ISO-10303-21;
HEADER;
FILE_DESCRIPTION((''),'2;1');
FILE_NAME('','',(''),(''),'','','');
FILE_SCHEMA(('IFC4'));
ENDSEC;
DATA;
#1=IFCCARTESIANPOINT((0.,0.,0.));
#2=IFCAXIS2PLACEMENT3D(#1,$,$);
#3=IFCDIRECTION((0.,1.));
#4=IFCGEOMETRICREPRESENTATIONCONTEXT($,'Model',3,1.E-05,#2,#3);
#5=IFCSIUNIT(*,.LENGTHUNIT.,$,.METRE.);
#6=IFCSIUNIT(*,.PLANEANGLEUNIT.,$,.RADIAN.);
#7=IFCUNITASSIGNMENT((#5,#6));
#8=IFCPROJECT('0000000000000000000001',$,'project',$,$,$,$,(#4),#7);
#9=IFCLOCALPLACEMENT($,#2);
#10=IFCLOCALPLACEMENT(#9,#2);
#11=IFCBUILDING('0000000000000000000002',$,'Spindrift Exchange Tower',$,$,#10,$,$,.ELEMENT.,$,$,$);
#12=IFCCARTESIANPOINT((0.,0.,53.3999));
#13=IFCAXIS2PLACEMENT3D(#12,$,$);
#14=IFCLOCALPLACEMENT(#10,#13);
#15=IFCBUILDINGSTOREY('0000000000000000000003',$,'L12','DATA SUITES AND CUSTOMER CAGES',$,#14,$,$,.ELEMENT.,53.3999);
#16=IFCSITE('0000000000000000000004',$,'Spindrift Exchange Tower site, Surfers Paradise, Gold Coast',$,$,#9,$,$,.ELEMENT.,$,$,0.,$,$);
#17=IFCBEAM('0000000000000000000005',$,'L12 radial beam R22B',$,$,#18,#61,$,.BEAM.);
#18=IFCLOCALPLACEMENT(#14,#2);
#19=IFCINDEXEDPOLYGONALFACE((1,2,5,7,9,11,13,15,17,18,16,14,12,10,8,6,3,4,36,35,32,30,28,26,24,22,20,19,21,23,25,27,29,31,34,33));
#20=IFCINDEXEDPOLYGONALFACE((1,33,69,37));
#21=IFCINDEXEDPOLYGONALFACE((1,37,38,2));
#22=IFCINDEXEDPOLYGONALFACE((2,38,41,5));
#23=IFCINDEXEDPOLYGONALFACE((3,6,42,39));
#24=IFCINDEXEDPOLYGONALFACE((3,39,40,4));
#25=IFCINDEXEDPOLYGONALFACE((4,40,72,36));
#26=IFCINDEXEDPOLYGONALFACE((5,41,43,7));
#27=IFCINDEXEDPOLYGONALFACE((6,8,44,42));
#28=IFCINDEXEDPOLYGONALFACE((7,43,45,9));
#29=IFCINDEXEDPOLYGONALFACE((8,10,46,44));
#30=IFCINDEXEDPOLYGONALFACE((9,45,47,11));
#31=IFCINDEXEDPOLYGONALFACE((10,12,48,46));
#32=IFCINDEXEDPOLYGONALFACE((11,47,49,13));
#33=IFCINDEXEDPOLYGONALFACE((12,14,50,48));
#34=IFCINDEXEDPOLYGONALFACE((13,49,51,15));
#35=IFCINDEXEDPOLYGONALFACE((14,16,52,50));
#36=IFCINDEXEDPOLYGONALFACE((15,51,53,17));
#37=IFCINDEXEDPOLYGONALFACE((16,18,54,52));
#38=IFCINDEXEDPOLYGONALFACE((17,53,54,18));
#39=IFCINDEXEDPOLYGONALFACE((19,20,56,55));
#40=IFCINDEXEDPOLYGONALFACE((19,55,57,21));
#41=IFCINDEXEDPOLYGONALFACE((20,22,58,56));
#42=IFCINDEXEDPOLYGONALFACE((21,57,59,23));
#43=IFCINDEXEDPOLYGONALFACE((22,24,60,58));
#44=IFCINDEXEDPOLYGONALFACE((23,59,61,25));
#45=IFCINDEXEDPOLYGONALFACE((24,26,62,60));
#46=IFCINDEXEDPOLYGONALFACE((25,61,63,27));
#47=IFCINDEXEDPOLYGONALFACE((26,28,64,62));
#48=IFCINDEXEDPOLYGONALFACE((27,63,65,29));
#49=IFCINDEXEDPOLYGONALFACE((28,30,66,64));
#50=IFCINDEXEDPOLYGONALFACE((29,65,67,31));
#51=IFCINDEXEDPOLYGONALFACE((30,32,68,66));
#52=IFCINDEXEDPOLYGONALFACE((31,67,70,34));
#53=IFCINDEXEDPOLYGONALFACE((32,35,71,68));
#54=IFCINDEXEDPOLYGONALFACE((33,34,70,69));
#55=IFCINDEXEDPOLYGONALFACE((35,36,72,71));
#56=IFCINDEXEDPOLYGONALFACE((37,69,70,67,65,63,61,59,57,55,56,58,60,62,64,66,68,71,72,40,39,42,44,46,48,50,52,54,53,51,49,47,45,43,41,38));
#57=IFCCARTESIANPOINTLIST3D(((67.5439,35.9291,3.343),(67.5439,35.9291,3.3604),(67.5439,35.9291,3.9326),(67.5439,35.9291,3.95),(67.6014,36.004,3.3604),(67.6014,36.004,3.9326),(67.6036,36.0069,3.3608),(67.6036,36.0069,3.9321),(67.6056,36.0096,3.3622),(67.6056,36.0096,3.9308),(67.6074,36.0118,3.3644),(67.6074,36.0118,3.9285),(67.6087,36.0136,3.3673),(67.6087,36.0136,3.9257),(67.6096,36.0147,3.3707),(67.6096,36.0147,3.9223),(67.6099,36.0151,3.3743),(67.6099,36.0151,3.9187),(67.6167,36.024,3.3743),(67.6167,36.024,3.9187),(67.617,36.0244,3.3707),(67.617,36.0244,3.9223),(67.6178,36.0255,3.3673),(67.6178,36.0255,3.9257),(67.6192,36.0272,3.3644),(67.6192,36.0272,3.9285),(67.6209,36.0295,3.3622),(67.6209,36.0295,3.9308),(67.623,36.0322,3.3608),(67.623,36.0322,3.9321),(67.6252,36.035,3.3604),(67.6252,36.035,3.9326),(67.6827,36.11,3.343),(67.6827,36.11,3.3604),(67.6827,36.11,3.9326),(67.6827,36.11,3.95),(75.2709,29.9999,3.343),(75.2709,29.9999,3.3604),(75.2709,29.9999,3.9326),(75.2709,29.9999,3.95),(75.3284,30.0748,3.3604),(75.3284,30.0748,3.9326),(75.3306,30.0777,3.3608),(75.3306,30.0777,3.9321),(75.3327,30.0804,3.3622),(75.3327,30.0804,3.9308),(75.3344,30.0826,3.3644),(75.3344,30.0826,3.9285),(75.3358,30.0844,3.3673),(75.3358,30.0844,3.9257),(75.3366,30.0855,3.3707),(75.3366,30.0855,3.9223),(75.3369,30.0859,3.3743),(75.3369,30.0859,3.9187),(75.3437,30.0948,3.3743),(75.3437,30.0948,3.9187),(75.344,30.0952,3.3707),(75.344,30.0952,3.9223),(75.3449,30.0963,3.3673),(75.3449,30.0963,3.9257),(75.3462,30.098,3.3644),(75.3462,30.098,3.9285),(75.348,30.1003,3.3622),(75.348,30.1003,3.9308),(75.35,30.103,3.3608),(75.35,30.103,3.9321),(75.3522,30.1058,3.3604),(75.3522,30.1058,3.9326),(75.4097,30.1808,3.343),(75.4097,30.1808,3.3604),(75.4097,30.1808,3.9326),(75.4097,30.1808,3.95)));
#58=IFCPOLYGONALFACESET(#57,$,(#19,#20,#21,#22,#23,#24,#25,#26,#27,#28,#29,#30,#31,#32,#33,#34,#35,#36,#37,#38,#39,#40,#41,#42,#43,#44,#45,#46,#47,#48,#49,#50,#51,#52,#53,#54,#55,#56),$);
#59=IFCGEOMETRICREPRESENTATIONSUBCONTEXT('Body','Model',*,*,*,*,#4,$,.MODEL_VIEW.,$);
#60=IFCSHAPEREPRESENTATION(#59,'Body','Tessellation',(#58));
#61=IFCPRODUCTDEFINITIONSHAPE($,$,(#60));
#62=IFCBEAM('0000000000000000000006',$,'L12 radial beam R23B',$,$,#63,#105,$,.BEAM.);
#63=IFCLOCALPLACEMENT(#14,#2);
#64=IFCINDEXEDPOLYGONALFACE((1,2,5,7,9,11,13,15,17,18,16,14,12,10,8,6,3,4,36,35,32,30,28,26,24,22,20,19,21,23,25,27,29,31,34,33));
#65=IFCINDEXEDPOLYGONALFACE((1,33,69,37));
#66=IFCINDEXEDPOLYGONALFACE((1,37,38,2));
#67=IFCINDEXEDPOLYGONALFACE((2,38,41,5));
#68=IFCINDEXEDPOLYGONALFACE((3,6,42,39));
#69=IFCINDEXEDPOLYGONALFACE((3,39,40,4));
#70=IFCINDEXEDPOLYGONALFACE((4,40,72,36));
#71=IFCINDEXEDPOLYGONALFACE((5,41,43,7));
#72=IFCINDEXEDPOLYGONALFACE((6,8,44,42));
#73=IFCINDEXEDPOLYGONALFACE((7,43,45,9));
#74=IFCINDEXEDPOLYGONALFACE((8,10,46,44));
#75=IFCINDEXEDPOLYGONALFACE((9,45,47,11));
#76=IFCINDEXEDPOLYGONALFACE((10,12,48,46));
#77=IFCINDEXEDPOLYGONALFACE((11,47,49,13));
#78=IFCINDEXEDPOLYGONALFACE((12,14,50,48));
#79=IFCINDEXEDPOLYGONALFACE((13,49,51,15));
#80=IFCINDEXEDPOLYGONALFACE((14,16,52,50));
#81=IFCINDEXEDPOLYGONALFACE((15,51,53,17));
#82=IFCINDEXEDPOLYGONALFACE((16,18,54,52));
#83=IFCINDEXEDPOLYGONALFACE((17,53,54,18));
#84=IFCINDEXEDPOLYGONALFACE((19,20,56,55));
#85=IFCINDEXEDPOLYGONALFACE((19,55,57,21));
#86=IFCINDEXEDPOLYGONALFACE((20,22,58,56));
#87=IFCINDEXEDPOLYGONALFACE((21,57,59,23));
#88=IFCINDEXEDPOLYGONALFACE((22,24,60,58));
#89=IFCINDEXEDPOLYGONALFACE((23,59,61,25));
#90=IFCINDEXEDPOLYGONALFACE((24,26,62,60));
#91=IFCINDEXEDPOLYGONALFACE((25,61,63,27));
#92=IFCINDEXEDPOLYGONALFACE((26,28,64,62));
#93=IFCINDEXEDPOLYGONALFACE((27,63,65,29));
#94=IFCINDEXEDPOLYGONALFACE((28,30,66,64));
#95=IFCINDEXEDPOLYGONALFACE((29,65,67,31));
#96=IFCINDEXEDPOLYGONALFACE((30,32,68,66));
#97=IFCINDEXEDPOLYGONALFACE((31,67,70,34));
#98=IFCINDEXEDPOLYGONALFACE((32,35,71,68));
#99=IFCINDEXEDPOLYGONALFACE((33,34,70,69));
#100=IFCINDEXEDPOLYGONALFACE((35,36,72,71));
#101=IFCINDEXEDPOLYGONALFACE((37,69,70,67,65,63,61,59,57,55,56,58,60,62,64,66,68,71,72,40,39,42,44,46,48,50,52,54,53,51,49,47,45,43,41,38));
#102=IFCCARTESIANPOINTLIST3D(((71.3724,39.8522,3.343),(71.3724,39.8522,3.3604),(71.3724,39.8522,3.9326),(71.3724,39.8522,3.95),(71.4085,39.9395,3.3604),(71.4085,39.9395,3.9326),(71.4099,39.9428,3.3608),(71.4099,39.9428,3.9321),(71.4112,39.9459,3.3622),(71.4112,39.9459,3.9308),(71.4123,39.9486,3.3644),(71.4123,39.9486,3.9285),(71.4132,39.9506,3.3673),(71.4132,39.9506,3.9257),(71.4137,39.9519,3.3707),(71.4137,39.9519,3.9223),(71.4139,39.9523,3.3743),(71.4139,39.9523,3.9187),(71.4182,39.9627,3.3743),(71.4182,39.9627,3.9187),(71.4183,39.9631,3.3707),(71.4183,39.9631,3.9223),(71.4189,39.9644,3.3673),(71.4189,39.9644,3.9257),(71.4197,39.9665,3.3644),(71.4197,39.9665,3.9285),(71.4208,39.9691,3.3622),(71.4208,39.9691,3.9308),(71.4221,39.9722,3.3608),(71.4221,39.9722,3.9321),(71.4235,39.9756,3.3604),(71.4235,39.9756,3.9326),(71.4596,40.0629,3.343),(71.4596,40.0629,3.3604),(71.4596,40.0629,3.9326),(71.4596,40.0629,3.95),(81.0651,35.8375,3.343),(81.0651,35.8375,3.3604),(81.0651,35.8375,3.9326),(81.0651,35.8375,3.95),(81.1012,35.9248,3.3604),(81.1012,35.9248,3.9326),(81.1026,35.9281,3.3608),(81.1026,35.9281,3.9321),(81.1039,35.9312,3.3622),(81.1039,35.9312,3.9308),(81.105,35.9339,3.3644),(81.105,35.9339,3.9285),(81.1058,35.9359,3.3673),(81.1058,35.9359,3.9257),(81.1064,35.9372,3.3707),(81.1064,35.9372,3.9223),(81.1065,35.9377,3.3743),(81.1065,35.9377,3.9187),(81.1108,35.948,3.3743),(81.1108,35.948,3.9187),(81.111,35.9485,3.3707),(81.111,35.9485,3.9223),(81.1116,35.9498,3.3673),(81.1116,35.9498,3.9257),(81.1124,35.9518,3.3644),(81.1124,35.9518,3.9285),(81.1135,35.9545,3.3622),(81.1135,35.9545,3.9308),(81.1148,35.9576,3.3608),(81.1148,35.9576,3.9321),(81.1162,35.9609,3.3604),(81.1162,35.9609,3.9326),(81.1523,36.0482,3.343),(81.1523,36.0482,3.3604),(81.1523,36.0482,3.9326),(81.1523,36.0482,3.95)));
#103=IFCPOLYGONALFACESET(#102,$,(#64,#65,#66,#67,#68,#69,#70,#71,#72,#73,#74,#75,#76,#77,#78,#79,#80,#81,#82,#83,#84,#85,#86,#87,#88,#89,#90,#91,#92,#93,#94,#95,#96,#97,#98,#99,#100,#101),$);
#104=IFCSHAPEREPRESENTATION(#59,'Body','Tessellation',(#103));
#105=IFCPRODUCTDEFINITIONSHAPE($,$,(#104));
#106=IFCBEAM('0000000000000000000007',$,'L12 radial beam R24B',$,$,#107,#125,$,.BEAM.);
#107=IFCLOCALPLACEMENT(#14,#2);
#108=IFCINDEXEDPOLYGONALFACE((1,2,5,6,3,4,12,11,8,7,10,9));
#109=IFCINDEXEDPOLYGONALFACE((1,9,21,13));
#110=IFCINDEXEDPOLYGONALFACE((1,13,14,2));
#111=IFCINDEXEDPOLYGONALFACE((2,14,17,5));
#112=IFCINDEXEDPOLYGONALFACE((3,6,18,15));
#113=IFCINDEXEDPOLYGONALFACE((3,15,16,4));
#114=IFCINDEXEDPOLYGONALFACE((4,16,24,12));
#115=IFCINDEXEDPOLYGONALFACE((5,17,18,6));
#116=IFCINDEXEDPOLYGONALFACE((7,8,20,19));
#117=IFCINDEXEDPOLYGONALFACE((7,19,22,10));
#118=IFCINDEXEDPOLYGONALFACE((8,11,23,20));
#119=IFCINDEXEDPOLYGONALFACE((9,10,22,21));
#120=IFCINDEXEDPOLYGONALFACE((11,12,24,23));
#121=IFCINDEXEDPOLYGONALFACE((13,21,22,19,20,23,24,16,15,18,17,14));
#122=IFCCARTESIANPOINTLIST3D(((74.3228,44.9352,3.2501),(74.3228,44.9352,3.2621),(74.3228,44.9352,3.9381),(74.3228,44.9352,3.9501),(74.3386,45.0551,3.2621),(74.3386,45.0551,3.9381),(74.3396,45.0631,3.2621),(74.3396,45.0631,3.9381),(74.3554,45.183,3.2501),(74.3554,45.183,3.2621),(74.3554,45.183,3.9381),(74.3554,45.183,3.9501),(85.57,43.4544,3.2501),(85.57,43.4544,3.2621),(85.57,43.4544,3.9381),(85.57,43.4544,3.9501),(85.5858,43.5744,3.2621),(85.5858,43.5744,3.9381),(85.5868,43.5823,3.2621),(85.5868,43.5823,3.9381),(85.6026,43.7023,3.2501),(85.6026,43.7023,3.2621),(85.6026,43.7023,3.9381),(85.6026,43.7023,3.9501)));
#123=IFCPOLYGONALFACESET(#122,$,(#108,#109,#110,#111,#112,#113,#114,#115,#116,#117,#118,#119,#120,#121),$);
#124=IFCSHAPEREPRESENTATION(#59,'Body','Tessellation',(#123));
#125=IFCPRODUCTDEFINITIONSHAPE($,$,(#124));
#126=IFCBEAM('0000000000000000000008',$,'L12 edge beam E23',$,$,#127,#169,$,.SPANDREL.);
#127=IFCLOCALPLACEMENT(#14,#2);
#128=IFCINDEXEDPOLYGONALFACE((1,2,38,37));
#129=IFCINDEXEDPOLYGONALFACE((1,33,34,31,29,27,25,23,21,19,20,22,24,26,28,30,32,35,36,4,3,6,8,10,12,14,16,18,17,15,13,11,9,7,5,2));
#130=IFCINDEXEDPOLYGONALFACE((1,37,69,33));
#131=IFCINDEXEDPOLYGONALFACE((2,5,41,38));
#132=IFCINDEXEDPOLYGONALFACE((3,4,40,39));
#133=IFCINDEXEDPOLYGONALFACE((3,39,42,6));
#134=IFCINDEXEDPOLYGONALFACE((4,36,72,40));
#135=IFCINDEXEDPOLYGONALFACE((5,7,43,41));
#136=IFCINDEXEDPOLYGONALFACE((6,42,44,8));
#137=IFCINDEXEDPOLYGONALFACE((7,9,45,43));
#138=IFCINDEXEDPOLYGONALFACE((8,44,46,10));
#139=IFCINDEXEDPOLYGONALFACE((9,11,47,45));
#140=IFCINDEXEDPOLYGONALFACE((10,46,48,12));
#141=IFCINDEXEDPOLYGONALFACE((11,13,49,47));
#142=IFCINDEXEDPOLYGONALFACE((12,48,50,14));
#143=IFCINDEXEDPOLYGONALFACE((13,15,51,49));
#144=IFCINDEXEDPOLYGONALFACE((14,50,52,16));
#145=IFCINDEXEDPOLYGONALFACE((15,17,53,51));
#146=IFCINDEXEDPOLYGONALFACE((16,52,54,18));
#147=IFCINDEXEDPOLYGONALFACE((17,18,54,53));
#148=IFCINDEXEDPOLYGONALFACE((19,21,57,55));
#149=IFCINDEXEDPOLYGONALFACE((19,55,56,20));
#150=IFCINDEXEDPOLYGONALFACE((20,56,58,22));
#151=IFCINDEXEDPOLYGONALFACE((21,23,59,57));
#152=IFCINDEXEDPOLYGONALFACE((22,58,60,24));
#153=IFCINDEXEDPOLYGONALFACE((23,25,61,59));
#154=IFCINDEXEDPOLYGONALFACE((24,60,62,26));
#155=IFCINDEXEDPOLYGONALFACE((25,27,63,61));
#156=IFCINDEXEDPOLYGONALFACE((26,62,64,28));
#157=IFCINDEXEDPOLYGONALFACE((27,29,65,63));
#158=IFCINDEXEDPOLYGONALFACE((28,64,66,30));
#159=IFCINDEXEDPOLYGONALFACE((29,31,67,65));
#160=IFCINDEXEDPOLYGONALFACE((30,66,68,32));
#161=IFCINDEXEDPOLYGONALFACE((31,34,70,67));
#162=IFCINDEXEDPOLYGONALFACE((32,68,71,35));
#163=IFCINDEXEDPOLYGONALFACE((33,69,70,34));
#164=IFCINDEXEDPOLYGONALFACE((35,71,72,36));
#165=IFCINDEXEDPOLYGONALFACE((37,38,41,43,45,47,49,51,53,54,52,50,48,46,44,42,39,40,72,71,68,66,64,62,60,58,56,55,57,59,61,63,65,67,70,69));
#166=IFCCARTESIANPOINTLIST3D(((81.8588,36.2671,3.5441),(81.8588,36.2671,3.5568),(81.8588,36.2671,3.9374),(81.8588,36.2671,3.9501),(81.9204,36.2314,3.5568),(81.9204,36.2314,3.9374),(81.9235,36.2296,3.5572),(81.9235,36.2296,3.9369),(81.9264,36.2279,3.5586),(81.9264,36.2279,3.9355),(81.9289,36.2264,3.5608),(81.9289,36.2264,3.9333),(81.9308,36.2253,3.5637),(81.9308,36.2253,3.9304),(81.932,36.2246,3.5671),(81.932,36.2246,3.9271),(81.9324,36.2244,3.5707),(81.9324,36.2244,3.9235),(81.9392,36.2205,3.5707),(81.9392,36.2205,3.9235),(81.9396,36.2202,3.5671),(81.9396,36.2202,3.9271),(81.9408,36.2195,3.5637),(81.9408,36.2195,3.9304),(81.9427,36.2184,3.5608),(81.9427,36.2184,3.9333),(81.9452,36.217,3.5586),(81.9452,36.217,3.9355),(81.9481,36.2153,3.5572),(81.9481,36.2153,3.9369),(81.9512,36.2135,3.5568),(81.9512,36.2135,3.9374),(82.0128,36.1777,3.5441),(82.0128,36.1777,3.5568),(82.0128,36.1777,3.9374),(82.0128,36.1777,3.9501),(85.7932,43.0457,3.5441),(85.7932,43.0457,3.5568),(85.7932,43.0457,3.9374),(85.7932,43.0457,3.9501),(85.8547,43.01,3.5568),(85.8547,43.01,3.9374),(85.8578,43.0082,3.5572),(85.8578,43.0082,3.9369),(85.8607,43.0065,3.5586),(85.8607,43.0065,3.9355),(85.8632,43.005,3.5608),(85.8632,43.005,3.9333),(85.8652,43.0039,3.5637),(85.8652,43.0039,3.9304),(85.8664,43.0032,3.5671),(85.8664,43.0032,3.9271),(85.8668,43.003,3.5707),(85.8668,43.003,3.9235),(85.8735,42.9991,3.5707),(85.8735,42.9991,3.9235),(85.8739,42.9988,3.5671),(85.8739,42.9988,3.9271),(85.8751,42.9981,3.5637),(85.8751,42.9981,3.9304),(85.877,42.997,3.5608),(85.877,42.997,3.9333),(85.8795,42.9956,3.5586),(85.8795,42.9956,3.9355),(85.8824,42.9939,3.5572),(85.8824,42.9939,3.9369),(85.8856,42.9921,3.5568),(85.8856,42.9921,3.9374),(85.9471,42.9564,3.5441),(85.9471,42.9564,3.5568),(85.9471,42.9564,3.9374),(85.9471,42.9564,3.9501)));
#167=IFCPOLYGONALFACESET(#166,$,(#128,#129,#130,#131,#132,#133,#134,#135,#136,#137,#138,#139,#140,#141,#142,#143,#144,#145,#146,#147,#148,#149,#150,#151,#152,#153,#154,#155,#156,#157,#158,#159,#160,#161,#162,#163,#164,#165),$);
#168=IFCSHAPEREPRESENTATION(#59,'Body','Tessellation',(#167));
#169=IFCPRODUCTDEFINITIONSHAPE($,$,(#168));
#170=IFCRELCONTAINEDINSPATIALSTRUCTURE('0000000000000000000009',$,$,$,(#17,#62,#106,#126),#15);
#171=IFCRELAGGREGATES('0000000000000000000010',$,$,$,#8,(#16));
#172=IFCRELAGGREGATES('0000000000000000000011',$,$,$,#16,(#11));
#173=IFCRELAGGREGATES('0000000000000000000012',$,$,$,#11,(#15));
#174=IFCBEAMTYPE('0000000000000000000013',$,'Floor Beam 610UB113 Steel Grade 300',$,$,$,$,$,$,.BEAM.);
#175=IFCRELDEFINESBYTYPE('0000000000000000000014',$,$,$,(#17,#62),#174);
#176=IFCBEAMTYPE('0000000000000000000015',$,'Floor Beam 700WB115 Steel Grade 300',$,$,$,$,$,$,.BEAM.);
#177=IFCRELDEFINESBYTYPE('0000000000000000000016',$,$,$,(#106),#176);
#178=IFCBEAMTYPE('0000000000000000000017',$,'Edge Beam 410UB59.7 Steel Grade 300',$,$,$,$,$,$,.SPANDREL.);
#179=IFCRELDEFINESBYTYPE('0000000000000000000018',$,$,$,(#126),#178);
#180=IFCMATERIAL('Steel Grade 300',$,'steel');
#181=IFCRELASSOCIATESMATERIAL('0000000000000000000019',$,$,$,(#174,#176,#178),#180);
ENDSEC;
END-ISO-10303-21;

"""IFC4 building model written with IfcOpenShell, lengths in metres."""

from ifc_helpers import new_model, si_unit, direction, frame, origin, origin_2d, place, context, subcontext, project, spatial, i_section, extrude, source, transform, mapped, material, material_profile, profile_set, type_object, element, save


model = new_model("IFC4")

# Units and contexts
model_context = context("Model", 3, precision=1e-05, world=origin(), true_north=direction((0.0, 1.0)))
body_context = subcontext(model_context, "Body", "Model", "MODEL_VIEW")
ifc_project = project(units=[si_unit("LENGTHUNIT", "METRE"), si_unit("PLANEANGLEUNIT", "RADIAN")], contexts=[model_context])

# Site, building, storey
site_placement = place(None, origin())
site = spatial("IfcSite", under=ifc_project, at=site_placement, Name="Spindrift Exchange Tower site, Surfers Paradise, Gold Coast", CompositionType="ELEMENT", RefElevation=0.0)
building_placement = place(site_placement, origin())
building = spatial("IfcBuilding", under=site, at=building_placement, Name="Spindrift Exchange Tower", CompositionType="ELEMENT")
storey_placement = place(building_placement, frame((0.0, 0.0, 53.3999)))
storey = spatial("IfcBuildingStorey", under=building, at=storey_placement, Name="L12", Description="DATA SUITES AND CUSTOMER CAGES", CompositionType="ELEMENT", Elevation=53.3999)

# Beams
ifc_material_1 = material(Name="Steel Grade 300", Category="steel")
ifc_material_profile_1 = material_profile(ifc_material_1, i_section(OverallWidth=0.228, OverallDepth=0.6069, WebThickness=0.0112, FlangeThickness=0.0173, FilletRadius=0.0139, at=origin_2d()), Name="610UB113")
ifc_profile_set_1 = profile_set([ifc_material_profile_1], Name="Steel Grade 300")
beam_type_1 = type_object("IfcBeamType", Name="Floor Beam 610UB113 Steel Grade 300", PredefinedType="BEAM", material=ifc_profile_set_1)
shared_shape_1 = source(origin(), body_context, "Body", "SweptSolid", [
    extrude(i_section(OverallWidth=0.228, OverallDepth=0.6069, WebThickness=0.0112, FlangeThickness=0.0173, FilletRadius=0.0139, at=origin_2d()), origin(), (0.0, 0.0, 1.0), 9.7397),
])
beam_1_placement = place(storey_placement, frame((67.6133, 36.0195, 3.6465), z_axis=(0.793352, -0.608763, 0.0), x_axis=(0.608763, 0.793352, 0.0)))
element("IfcBeam", 1, at=beam_1_placement, inside=storey, type_object=beam_type_1, Name="L12 radial beam R22B", PredefinedType="BEAM", context=body_context, shape_type="MappedRepresentation", body=[
    mapped(shared_shape_1, transform((0.0, 0.0, 0.0), scale=1.0)),
])
shared_shape_2 = source(origin(), body_context, "Body", "SweptSolid", [
    extrude(i_section(OverallWidth=0.228, OverallDepth=0.6069, WebThickness=0.0112, FlangeThickness=0.0173, FilletRadius=0.0139, at=origin_2d()), origin(), (0.0, 0.0, 1.0), 10.4912),
])
beam_2_placement = place(storey_placement, frame((71.416, 39.9575, 3.6465), z_axis=(0.923885, -0.38267, 0.0), x_axis=(0.38267, 0.923885, 0.0)))
element("IfcBeam", 2, at=beam_2_placement, inside=storey, type_object=beam_type_1, Name="L12 radial beam R23B", PredefinedType="BEAM", context=body_context, shape_type="MappedRepresentation", body=[
    mapped(shared_shape_2, transform((0.0, 0.0, 0.0), scale=1.0)),
])
ifc_material_profile_2 = material_profile(ifc_material_1, i_section(OverallWidth=0.25, OverallDepth=0.7, WebThickness=0.0081, FlangeThickness=0.012, at=origin_2d()), Name="700WB115")
ifc_profile_set_2 = profile_set([ifc_material_profile_2], Name="Steel Grade 300")
beam_type_2 = type_object("IfcBeamType", Name="Floor Beam 700WB115 Steel Grade 300", PredefinedType="BEAM", material=ifc_profile_set_2)
shared_shape_3 = source(origin(), body_context, "Body", "SweptSolid", [
    extrude(i_section(OverallWidth=0.25, OverallDepth=0.7, WebThickness=0.0081, FlangeThickness=0.012, at=origin_2d()), origin(), (0.0, 0.0, 1.0), 11.3442),
])
beam_3_placement = place(storey_placement, frame((74.3391, 45.0591, 3.6001), z_axis=(0.991445, -0.130527, 0.0), x_axis=(0.130527, 0.991445, 0.0)))
element("IfcBeam", 3, at=beam_3_placement, inside=storey, type_object=beam_type_2, Name="L12 radial beam R24B", PredefinedType="BEAM", context=body_context, shape_type="MappedRepresentation", body=[
    mapped(shared_shape_3, transform((0.0, 0.0, 0.0), scale=1.0)),
])
ifc_material_profile_3 = material_profile(ifc_material_1, i_section(OverallWidth=0.178, OverallDepth=0.406, WebThickness=0.0078, FlangeThickness=0.0127, FilletRadius=0.0139, at=origin_2d()), Name="410UB59.7")
ifc_profile_set_3 = profile_set([ifc_material_profile_3], Name="Steel Grade 300")
beam_type_3 = type_object("IfcBeamType", Name="Edge Beam 410UB59.7 Steel Grade 300", PredefinedType="SPANDREL", material=ifc_profile_set_3)
shared_shape_4 = source(origin(), body_context, "Body", "SweptSolid", [
    extrude(i_section(OverallWidth=0.178, OverallDepth=0.406, WebThickness=0.0078, FlangeThickness=0.0127, FilletRadius=0.0139, at=origin_2d()), origin(), (0.0, 0.0, 1.0), 7.8376),
])
beam_4_placement = place(storey_placement, frame((81.9358, 36.2224, 3.7471), z_axis=(0.501981, 0.864878, 0.0), x_axis=(-0.864878, 0.501981, 0.0)))
element("IfcBeam", 4, at=beam_4_placement, inside=storey, type_object=beam_type_3, Name="L12 edge beam E23", PredefinedType="SPANDREL", context=body_context, shape_type="MappedRepresentation", body=[
    mapped(shared_shape_4, transform((0.0, 0.0, 0.0), scale=1.0)),
])

save(model, "model.ifc")
